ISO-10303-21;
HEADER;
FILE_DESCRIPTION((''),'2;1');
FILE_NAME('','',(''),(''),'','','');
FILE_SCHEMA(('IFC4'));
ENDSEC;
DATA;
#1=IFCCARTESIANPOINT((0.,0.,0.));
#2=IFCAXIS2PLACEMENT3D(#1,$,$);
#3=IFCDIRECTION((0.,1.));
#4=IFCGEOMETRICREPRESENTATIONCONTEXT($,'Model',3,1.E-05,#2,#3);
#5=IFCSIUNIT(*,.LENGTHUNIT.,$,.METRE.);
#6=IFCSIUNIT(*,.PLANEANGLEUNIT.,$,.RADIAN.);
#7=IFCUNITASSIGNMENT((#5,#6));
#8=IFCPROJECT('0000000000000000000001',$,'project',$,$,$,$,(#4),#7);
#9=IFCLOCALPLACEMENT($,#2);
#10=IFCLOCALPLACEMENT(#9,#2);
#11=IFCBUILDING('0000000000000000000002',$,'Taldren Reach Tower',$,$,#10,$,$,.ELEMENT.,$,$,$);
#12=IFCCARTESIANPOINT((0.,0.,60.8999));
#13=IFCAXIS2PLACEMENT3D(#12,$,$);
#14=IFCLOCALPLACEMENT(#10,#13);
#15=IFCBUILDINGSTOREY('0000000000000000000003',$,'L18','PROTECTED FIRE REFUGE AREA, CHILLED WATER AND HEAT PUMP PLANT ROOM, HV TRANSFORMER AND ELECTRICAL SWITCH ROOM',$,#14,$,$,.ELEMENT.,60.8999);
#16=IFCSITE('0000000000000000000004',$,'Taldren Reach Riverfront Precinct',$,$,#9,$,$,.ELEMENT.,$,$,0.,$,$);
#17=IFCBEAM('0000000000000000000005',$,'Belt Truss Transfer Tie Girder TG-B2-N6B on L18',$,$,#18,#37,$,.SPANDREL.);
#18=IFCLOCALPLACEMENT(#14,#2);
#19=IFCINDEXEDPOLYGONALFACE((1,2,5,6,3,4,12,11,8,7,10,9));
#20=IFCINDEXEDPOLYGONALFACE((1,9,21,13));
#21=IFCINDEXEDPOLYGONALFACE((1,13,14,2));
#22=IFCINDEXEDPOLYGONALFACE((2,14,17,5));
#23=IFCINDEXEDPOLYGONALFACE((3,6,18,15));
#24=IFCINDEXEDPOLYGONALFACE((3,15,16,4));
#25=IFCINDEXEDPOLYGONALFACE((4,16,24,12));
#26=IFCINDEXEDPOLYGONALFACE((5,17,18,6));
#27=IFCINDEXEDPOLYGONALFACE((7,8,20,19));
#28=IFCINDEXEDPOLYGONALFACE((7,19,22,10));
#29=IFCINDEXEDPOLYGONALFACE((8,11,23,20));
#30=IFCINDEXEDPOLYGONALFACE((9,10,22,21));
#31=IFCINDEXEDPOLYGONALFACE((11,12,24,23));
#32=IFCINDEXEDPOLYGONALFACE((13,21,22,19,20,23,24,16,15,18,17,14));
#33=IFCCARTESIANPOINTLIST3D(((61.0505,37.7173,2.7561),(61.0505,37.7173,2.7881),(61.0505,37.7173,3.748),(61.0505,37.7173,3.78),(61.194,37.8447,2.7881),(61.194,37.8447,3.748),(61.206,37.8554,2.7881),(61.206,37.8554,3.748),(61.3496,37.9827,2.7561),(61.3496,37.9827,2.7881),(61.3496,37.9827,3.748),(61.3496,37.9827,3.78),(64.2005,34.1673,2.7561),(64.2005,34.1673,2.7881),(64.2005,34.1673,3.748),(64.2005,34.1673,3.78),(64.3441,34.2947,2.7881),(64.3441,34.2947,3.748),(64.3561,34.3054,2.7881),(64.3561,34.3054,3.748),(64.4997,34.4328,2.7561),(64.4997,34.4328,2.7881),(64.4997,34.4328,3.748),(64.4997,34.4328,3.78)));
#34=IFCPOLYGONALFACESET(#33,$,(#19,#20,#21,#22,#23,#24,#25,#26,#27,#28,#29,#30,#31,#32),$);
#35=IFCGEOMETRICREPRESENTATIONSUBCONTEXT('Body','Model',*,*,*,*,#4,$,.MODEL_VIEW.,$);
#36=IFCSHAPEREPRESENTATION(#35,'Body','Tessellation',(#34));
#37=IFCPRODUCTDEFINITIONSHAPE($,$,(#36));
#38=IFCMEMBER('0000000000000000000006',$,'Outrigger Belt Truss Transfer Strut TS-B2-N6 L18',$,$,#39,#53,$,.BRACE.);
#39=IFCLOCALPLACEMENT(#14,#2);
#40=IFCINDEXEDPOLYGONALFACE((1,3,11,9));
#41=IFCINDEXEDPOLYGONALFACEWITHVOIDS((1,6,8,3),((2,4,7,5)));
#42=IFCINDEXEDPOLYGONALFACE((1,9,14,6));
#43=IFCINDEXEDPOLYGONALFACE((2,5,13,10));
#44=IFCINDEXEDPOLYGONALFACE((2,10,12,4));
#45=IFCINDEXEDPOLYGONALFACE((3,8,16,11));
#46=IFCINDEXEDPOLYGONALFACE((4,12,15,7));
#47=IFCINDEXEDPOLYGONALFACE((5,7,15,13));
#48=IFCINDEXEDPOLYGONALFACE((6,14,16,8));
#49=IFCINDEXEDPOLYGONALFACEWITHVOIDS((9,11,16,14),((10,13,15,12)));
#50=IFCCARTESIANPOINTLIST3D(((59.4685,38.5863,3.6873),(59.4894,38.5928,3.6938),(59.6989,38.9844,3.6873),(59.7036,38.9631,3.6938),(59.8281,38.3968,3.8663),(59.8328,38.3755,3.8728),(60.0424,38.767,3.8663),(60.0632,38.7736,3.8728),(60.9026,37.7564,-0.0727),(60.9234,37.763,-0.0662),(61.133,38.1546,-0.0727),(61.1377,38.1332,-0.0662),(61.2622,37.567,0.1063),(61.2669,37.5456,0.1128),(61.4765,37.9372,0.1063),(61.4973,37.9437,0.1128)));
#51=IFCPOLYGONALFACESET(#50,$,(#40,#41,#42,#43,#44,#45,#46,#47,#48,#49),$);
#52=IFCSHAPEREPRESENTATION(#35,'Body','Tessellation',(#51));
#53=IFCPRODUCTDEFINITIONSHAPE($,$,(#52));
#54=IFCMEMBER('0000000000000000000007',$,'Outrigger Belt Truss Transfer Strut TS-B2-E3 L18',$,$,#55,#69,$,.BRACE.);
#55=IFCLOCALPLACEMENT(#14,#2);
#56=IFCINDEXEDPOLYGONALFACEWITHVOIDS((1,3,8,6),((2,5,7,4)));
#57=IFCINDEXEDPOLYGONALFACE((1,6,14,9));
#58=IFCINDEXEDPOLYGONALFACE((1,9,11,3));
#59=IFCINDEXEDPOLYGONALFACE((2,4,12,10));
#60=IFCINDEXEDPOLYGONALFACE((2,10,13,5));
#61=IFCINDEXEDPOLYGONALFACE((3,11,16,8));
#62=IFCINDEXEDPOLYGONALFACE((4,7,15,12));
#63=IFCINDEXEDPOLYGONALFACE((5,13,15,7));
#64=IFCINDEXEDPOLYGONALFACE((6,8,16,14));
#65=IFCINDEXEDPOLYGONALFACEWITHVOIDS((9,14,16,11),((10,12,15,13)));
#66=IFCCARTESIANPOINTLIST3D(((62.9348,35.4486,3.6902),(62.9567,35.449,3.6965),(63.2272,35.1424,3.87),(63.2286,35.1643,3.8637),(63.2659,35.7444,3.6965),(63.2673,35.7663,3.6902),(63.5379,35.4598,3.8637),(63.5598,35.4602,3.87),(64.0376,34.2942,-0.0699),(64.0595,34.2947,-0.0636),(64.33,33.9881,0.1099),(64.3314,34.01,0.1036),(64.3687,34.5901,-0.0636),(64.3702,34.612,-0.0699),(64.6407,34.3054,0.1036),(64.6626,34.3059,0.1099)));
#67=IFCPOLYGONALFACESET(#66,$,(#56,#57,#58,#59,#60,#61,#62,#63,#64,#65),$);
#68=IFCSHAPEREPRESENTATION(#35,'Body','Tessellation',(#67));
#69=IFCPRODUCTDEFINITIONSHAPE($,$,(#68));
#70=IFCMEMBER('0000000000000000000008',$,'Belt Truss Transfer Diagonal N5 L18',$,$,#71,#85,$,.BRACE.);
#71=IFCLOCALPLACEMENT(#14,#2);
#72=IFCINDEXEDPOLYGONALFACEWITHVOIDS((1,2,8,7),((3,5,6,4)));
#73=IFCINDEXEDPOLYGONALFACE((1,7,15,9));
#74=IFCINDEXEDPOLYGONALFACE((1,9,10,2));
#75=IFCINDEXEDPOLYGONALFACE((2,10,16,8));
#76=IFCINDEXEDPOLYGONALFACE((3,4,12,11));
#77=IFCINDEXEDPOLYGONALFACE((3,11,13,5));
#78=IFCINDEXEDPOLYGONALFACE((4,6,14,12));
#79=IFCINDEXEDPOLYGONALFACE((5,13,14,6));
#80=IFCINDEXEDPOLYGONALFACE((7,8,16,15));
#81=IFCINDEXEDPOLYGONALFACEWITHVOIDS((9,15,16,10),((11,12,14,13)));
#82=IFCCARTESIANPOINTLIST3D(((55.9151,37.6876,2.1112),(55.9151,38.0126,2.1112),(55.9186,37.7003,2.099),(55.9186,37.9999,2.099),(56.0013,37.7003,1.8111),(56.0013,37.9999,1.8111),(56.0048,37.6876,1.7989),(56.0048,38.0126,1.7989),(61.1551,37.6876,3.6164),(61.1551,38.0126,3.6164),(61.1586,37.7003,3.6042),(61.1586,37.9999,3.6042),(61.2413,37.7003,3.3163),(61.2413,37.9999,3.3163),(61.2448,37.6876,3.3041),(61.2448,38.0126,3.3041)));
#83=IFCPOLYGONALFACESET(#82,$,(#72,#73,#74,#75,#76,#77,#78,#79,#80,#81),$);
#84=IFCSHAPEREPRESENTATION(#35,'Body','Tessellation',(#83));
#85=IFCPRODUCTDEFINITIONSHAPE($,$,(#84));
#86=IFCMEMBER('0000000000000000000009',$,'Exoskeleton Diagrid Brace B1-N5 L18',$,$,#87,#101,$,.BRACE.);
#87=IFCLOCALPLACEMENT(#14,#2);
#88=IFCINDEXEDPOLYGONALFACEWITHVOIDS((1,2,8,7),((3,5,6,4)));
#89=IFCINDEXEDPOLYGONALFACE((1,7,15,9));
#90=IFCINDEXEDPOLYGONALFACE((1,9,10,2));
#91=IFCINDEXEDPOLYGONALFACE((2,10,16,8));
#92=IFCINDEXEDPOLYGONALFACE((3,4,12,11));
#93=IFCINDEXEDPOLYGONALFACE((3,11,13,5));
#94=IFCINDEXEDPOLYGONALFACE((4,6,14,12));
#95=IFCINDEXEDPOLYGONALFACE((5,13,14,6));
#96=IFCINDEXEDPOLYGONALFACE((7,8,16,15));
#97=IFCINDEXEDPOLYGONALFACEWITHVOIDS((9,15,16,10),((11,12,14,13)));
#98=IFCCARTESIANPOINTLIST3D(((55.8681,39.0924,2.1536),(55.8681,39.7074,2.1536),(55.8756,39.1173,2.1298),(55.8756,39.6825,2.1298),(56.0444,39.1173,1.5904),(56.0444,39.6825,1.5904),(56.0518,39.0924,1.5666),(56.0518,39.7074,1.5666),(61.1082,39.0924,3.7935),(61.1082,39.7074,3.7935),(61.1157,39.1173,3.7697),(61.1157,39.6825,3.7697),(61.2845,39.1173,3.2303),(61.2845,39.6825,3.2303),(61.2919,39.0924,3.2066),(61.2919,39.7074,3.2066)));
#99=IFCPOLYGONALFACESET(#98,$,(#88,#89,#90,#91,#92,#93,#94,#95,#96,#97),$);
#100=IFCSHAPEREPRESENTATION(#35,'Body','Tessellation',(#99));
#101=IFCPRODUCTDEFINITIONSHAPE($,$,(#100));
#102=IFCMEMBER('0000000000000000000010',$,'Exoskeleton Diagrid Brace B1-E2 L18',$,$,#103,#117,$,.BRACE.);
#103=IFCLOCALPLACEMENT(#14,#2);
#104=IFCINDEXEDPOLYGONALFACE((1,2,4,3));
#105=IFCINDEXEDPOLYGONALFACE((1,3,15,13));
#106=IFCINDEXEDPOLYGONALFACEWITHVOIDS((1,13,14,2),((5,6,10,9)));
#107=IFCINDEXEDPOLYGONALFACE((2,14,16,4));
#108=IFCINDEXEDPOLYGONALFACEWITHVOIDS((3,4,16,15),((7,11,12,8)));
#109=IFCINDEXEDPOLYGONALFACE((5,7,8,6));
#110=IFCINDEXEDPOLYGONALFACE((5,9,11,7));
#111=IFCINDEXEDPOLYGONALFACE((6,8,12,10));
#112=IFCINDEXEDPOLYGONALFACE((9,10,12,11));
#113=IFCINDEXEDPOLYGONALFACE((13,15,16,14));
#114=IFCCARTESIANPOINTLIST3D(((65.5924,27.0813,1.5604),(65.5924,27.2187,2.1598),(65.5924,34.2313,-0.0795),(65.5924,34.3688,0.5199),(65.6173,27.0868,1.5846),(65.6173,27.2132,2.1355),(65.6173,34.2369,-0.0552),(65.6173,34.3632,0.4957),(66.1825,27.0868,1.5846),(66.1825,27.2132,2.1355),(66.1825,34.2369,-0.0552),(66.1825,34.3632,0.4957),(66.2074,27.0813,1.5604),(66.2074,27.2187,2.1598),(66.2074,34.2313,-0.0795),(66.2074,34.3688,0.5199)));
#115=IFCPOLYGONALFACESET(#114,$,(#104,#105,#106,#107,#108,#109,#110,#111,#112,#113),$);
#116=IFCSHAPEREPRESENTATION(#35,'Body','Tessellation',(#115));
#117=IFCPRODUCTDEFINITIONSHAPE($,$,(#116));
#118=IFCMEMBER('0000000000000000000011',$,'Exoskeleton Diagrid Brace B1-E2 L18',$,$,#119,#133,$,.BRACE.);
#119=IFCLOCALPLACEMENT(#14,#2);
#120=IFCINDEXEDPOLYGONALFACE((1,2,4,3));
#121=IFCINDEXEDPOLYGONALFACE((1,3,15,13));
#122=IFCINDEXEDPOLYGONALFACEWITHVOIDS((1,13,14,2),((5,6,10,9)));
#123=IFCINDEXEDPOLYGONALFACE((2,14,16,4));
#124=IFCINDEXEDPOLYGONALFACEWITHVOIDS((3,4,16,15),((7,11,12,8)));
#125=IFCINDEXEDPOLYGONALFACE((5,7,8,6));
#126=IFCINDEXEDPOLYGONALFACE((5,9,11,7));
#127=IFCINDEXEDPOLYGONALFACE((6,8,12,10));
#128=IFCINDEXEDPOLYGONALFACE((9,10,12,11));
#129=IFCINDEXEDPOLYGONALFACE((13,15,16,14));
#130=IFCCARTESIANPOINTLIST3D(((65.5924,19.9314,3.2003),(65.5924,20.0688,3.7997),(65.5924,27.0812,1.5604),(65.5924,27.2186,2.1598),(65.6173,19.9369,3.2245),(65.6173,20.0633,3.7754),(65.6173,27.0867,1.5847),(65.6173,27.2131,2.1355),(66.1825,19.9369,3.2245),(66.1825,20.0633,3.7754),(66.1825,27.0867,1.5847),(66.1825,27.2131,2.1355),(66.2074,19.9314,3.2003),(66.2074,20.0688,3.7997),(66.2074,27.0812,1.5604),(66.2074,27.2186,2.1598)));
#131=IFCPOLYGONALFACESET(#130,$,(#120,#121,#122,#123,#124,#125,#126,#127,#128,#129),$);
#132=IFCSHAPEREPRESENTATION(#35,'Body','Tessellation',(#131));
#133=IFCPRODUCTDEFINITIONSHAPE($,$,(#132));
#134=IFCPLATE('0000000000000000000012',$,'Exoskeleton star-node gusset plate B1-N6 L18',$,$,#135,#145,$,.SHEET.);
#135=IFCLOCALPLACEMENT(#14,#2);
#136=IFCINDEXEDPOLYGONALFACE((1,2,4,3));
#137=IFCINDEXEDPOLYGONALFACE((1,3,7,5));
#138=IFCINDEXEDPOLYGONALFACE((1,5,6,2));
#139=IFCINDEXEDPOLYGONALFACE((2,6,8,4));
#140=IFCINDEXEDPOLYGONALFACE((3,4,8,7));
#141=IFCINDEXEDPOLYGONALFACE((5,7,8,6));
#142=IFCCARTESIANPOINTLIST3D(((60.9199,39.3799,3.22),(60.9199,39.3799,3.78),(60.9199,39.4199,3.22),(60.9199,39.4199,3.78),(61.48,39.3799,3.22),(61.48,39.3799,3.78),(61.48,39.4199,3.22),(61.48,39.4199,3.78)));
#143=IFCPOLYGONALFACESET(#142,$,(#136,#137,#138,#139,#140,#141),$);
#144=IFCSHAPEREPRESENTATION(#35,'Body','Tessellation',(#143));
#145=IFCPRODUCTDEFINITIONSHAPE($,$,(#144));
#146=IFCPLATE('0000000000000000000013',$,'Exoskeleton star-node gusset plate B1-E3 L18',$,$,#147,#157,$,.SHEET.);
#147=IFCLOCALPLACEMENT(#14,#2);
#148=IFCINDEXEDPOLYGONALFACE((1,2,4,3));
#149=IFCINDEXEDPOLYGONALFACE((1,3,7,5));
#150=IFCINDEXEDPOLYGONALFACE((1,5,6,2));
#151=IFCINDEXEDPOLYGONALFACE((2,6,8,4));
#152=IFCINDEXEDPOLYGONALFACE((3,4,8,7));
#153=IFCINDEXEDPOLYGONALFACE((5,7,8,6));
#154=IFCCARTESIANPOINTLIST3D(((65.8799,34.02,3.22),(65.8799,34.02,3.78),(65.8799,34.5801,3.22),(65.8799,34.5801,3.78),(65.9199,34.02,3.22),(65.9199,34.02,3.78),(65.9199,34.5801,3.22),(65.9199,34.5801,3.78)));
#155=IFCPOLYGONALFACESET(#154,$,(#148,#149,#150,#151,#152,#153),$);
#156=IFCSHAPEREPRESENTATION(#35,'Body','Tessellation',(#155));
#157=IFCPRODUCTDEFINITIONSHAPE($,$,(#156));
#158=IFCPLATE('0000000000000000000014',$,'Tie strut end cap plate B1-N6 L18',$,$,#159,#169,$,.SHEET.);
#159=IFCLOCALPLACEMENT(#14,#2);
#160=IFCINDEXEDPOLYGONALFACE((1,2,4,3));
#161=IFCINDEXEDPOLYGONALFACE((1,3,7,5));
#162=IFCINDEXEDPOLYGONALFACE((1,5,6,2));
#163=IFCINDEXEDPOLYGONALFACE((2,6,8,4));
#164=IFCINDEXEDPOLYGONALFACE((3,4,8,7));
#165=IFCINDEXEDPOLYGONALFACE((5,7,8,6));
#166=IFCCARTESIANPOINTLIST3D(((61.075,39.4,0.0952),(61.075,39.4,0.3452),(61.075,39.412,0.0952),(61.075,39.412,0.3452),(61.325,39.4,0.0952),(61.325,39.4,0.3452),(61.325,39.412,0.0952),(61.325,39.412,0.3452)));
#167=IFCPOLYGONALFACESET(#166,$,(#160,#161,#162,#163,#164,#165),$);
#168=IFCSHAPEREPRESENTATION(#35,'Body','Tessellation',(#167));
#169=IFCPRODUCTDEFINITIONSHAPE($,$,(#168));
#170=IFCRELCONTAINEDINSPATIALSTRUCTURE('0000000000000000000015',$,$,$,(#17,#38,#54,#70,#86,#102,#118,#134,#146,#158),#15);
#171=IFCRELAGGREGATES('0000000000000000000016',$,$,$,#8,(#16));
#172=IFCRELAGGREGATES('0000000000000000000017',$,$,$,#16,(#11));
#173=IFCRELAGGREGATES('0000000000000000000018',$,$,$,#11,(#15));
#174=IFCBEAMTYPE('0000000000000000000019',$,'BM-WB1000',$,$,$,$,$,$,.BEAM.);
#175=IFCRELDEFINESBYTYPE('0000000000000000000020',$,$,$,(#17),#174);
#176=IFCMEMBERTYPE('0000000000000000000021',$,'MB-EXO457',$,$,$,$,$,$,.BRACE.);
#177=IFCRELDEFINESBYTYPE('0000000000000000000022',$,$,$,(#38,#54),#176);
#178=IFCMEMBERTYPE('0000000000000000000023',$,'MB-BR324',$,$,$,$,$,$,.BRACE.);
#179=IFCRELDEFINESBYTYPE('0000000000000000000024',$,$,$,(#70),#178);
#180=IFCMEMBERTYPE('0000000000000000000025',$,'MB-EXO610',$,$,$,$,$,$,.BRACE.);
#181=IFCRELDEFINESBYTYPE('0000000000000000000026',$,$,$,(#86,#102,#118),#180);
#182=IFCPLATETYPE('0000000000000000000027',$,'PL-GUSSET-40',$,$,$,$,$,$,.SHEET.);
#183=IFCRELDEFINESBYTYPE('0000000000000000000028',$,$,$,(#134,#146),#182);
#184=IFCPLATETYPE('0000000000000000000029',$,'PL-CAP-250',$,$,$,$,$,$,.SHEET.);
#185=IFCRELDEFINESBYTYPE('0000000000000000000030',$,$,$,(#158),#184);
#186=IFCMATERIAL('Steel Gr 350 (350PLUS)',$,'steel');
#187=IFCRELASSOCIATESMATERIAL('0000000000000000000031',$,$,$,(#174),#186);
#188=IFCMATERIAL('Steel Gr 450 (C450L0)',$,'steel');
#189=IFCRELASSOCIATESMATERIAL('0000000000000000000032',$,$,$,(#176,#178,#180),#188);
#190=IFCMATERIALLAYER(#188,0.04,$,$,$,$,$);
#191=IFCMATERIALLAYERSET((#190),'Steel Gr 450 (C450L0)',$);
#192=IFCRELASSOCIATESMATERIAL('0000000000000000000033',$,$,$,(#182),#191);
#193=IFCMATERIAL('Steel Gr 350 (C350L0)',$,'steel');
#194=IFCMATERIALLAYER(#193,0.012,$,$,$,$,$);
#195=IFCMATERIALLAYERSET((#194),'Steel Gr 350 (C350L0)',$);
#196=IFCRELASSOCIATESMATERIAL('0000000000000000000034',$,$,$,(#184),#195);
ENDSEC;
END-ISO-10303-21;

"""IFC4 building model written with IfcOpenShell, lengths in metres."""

from ifc_helpers import new_model, si_unit, direction, frame, origin, origin_2d, place, context, subcontext, project, spatial, rectangle, hollow_rectangle, i_section, extrude, source, transform, mapped, material, layer, layer_set, material_profile, profile_set, type_object, element, save


model = new_model("IFC4")

# Units and contexts
model_context = context("Model", 3, precision=1e-05, world=origin(), true_north=direction((0.0, 1.0)))
body_context = subcontext(model_context, "Body", "Model", "MODEL_VIEW")
ifc_project = project(units=[si_unit("LENGTHUNIT", "METRE"), si_unit("PLANEANGLEUNIT", "RADIAN")], contexts=[model_context])

# Site, building, storey
site_placement = place(None, origin())
site = spatial("IfcSite", under=ifc_project, at=site_placement, Name="Taldren Reach Riverfront Precinct", CompositionType="ELEMENT", RefElevation=0.0)
building_placement = place(site_placement, origin())
building = spatial("IfcBuilding", under=site, at=building_placement, Name="Taldren Reach Tower", CompositionType="ELEMENT")
storey_placement = place(building_placement, frame((0.0, 0.0, 60.8999)))
storey = spatial("IfcBuildingStorey", under=building, at=storey_placement, Name="L18", Description="PROTECTED FIRE REFUGE AREA, CHILLED WATER AND HEAT PUMP PLANT ROOM, HV TRANSFORMER AND ELECTRICAL SWITCH ROOM", CompositionType="ELEMENT", Elevation=60.8999)

# Shared definitions
ifc_material_1 = material(Name="Steel Gr 350 (350PLUS)", Category="steel")

# Shared definitions
ifc_material_2 = material(Name="Steel Gr 450 (C450L0)", Category="steel")
ifc_material_3 = material(Name="Steel Gr 350 (C350L0)", Category="steel")

# Beam
ifc_material_profile_1 = material_profile(ifc_material_1, i_section(OverallWidth=0.3999, OverallDepth=1.0239, WebThickness=0.0161, FlangeThickness=0.032, at=origin_2d()), Name="1000WB322")
ifc_profile_set_1 = profile_set([ifc_material_profile_1], Name="Steel Gr 350 (350PLUS)")
beam_type_1 = type_object("IfcBeamType", Name="BM-WB1000", PredefinedType="BEAM", material=ifc_profile_set_1)
shared_shape_1 = source(origin(), body_context, "Body", "SweptSolid", [
    extrude(i_section(OverallWidth=0.3999, OverallDepth=1.0239, WebThickness=0.0161, FlangeThickness=0.032, at=origin_2d()), origin(), (0.0, 0.0, 1.0), 4.7461),
])
beam_1_placement = place(storey_placement, frame((64.3501, 34.3, 3.2681), z_axis=(-0.663722, 0.747979, 0.0), x_axis=(-0.747979, -0.663722, 0.0)))
element("IfcBeam", 1, at=beam_1_placement, inside=storey, type_object=beam_type_1, Name="Belt Truss Transfer Tie Girder TG-B2-N6B on L18", PredefinedType="SPANDREL", context=body_context, shape_type="MappedRepresentation", body=[
    mapped(shared_shape_1, transform((0.0, 0.0, 0.0), scale=1.0)),
])

# Members
ifc_material_profile_2 = material_profile(ifc_material_2, hollow_rectangle(XDim=0.46, YDim=0.46, WallThickness=0.0161, at=origin_2d()), Name="460x460x16.0SHS")
ifc_profile_set_2 = profile_set([ifc_material_profile_2], Name="Steel Gr 450 (C450L0)")
member_type_1 = type_object("IfcMemberType", Name="MB-EXO457", PredefinedType="BRACE", material=ifc_profile_set_2)
shared_shape_2 = source(origin(), body_context, "Body", "SweptSolid", [
    extrude(hollow_rectangle(XDim=0.46, YDim=0.46, WallThickness=0.0161, at=origin_2d()), origin(), (0.0, 0.0, 1.0), 4.1089),
])
member_1_placement = place(storey_placement, frame((61.2, 37.8501, 0.02), z_axis=(-0.34902, 0.201961, 0.915094), x_axis=(-0.500845, -0.865537, 0.0)))
element("IfcMember", 2, at=member_1_placement, inside=storey, type_object=member_type_1, Name="Outrigger Belt Truss Transfer Strut TS-B2-N6 L18", PredefinedType="BRACE", context=body_context, shape_type="MappedRepresentation", body=[
    mapped(shared_shape_2, transform((0.0, 0.0, 0.0), scale=1.0)),
])
shared_shape_3 = source(origin(), body_context, "Body", "SweptSolid", [
    extrude(hollow_rectangle(XDim=0.46, YDim=0.46, WallThickness=0.0161, at=origin_2d()), origin(), (0.0, 0.0, 1.0), 4.085),
])
member_2_placement = place(storey_placement, frame((64.3501, 34.3, 0.02), z_axis=(-0.269967, 0.282578, 0.920471), x_axis=(-0.723057, -0.690788, 0.0)))
element("IfcMember", 3, at=member_2_placement, inside=storey, type_object=member_type_1, Name="Outrigger Belt Truss Transfer Strut TS-B2-E3 L18", PredefinedType="BRACE", context=body_context, shape_type="MappedRepresentation", body=[
    mapped(shared_shape_3, transform((0.0, 0.0, 0.0), scale=1.0)),
])
ifc_material_profile_3 = material_profile(ifc_material_2, hollow_rectangle(XDim=0.325, YDim=0.325, WallThickness=0.0127, at=origin_2d()), Name="325x325x12.7SHS")
ifc_profile_set_3 = profile_set([ifc_material_profile_3], Name="Steel Gr 450 (C450L0)")
member_type_2 = type_object("IfcMemberType", Name="MB-BR324", PredefinedType="BRACE", material=ifc_profile_set_3)
shared_shape_4 = source(origin(), body_context, "Body", "SweptSolid", [
    extrude(hollow_rectangle(XDim=0.325, YDim=0.325, WallThickness=0.0127, at=origin_2d()), origin(), (0.0, 0.0, 1.0), 5.4519),
])
member_3_placement = place(storey_placement, frame((55.96, 37.8501, 1.9551), z_axis=(0.961136, 0.0, 0.276075), x_axis=(0.0, 1.0, 0.0)))
element("IfcMember", 4, at=member_3_placement, inside=storey, type_object=member_type_2, Name="Belt Truss Transfer Diagonal N5 L18", PredefinedType="BRACE", context=body_context, shape_type="MappedRepresentation", body=[
    mapped(shared_shape_4, transform((0.0, 0.0, 0.0), scale=1.0)),
])
ifc_material_profile_4 = material_profile(ifc_material_2, hollow_rectangle(XDim=0.615, YDim=0.615, WallThickness=0.0249, at=origin_2d()), Name="615x615x25.0SHS")
ifc_profile_set_4 = profile_set([ifc_material_profile_4], Name="Steel Gr 450 (C450L0)")
member_type_3 = type_object("IfcMemberType", Name="MB-EXO610", PredefinedType="BRACE", material=ifc_profile_set_4)
shared_shape_5 = source(origin(), body_context, "Body", "SweptSolid", [
    extrude(hollow_rectangle(XDim=0.615, YDim=0.615, WallThickness=0.0249, at=origin_2d()), origin(), (0.0, 0.0, 1.0), 5.4907),
])
member_4_placement = place(storey_placement, frame((55.96, 39.3999, 1.8601), z_axis=(0.954356, 0.0, 0.298672), x_axis=(0.0, 1.0, 0.0)))
element("IfcMember", 5, at=member_4_placement, inside=storey, type_object=member_type_3, Name="Exoskeleton Diagrid Brace B1-N5 L18", PredefinedType="BRACE", context=body_context, shape_type="MappedRepresentation", body=[
    mapped(shared_shape_5, transform((0.0, 0.0, 0.0), scale=1.0)),
])
shared_shape_6 = source(origin(), body_context, "Body", "SweptSolid", [
    extrude(hollow_rectangle(XDim=0.615, YDim=0.615, WallThickness=0.0249, at=origin_2d()), origin(), (0.0, 0.0, 1.0), 7.3357),
])
member_5_placement = place(storey_placement, frame((65.8999, 34.3, 0.2202), z_axis=(0.0, -0.974693, 0.223547), x_axis=(1.0, 0.0, 0.0)))
element("IfcMember", 6, at=member_5_placement, inside=storey, type_object=member_type_3, Name="Exoskeleton Diagrid Brace B1-E2 L18", PredefinedType="BRACE", context=body_context, shape_type="MappedRepresentation", body=[
    mapped(shared_shape_6, transform((0.0, 0.0, 0.0), scale=1.0)),
])
shared_shape_7 = source(origin(), body_context, "Body", "SweptSolid", [
    extrude(hollow_rectangle(XDim=0.615, YDim=0.615, WallThickness=0.0249, at=origin_2d()), origin(), (0.0, 0.0, 1.0), 7.3354),
])
member_6_placement = place(storey_placement, frame((65.8999, 27.1499, 1.8601), z_axis=(0.0, -0.974692, 0.223554), x_axis=(1.0, 0.0, 0.0)))
element("IfcMember", 7, at=member_6_placement, inside=storey, type_object=member_type_3, Name="Exoskeleton Diagrid Brace B1-E2 L18", PredefinedType="BRACE", context=body_context, shape_type="MappedRepresentation", body=[
    mapped(shared_shape_7, transform((0.0, 0.0, 0.0), scale=1.0)),
])

# Plates
ifc_layer_1 = layer(ifc_material_2, 0.04)
ifc_layer_set_1 = layer_set([ifc_layer_1], Name="Steel Gr 450 (C450L0)")
plate_type_1 = type_object("IfcPlateType", Name="PL-GUSSET-40", PredefinedType="SHEET", material=ifc_layer_set_1)
shared_shape_8 = source(origin(), body_context, "Body", "SweptSolid", [
    extrude(rectangle(XDim=0.5601, YDim=0.04, at=origin_2d()), origin(), (0.0, 0.0, 1.0), 0.5601),
])
for number, where, z_axis, x_axis, name in (
    (8, (61.2, 39.3999, 3.22), (0.0, 0.0, 1.0), (1.0, 0.0, 0.0), "Exoskeleton star-node gusset plate B1-N6 L18"),
    (9, (65.8999, 34.3, 3.22), (0.0, 0.0, 1.0), (0.0, 1.0, 0.0), "Exoskeleton star-node gusset plate B1-E3 L18"),
):
    element("IfcPlate", number, at=place(storey_placement, frame(where, z_axis=z_axis, x_axis=x_axis)), inside=storey, type_object=plate_type_1, Name=name, PredefinedType="SHEET", context=body_context, shape_type="MappedRepresentation", body=[
        mapped(shared_shape_8, transform((0.0, 0.0, 0.0), scale=1.0)),
    ])
ifc_layer_2 = layer(ifc_material_3, 0.012)
ifc_layer_set_2 = layer_set([ifc_layer_2], Name="Steel Gr 350 (C350L0)")
plate_type_2 = type_object("IfcPlateType", Name="PL-CAP-250", PredefinedType="SHEET", material=ifc_layer_set_2)
shared_shape_9 = source(origin(), body_context, "Body", "SweptSolid", [
    extrude(rectangle(XDim=0.25, YDim=0.012, at=origin_2d()), origin(), (0.0, 0.0, 1.0), 0.25),
])
plate_placement = place(storey_placement, frame((61.2, 39.406, 0.0952), z_axis=(0.0, 0.0, 1.0), x_axis=(1.0, 0.0, 0.0)))
element("IfcPlate", 10, at=plate_placement, inside=storey, type_object=plate_type_2, Name="Tie strut end cap plate B1-N6 L18", PredefinedType="SHEET", context=body_context, shape_type="MappedRepresentation", body=[
    mapped(shared_shape_9, transform((0.0, 0.0, 0.0), scale=1.0)),
])

save(model, "model.ifc")
